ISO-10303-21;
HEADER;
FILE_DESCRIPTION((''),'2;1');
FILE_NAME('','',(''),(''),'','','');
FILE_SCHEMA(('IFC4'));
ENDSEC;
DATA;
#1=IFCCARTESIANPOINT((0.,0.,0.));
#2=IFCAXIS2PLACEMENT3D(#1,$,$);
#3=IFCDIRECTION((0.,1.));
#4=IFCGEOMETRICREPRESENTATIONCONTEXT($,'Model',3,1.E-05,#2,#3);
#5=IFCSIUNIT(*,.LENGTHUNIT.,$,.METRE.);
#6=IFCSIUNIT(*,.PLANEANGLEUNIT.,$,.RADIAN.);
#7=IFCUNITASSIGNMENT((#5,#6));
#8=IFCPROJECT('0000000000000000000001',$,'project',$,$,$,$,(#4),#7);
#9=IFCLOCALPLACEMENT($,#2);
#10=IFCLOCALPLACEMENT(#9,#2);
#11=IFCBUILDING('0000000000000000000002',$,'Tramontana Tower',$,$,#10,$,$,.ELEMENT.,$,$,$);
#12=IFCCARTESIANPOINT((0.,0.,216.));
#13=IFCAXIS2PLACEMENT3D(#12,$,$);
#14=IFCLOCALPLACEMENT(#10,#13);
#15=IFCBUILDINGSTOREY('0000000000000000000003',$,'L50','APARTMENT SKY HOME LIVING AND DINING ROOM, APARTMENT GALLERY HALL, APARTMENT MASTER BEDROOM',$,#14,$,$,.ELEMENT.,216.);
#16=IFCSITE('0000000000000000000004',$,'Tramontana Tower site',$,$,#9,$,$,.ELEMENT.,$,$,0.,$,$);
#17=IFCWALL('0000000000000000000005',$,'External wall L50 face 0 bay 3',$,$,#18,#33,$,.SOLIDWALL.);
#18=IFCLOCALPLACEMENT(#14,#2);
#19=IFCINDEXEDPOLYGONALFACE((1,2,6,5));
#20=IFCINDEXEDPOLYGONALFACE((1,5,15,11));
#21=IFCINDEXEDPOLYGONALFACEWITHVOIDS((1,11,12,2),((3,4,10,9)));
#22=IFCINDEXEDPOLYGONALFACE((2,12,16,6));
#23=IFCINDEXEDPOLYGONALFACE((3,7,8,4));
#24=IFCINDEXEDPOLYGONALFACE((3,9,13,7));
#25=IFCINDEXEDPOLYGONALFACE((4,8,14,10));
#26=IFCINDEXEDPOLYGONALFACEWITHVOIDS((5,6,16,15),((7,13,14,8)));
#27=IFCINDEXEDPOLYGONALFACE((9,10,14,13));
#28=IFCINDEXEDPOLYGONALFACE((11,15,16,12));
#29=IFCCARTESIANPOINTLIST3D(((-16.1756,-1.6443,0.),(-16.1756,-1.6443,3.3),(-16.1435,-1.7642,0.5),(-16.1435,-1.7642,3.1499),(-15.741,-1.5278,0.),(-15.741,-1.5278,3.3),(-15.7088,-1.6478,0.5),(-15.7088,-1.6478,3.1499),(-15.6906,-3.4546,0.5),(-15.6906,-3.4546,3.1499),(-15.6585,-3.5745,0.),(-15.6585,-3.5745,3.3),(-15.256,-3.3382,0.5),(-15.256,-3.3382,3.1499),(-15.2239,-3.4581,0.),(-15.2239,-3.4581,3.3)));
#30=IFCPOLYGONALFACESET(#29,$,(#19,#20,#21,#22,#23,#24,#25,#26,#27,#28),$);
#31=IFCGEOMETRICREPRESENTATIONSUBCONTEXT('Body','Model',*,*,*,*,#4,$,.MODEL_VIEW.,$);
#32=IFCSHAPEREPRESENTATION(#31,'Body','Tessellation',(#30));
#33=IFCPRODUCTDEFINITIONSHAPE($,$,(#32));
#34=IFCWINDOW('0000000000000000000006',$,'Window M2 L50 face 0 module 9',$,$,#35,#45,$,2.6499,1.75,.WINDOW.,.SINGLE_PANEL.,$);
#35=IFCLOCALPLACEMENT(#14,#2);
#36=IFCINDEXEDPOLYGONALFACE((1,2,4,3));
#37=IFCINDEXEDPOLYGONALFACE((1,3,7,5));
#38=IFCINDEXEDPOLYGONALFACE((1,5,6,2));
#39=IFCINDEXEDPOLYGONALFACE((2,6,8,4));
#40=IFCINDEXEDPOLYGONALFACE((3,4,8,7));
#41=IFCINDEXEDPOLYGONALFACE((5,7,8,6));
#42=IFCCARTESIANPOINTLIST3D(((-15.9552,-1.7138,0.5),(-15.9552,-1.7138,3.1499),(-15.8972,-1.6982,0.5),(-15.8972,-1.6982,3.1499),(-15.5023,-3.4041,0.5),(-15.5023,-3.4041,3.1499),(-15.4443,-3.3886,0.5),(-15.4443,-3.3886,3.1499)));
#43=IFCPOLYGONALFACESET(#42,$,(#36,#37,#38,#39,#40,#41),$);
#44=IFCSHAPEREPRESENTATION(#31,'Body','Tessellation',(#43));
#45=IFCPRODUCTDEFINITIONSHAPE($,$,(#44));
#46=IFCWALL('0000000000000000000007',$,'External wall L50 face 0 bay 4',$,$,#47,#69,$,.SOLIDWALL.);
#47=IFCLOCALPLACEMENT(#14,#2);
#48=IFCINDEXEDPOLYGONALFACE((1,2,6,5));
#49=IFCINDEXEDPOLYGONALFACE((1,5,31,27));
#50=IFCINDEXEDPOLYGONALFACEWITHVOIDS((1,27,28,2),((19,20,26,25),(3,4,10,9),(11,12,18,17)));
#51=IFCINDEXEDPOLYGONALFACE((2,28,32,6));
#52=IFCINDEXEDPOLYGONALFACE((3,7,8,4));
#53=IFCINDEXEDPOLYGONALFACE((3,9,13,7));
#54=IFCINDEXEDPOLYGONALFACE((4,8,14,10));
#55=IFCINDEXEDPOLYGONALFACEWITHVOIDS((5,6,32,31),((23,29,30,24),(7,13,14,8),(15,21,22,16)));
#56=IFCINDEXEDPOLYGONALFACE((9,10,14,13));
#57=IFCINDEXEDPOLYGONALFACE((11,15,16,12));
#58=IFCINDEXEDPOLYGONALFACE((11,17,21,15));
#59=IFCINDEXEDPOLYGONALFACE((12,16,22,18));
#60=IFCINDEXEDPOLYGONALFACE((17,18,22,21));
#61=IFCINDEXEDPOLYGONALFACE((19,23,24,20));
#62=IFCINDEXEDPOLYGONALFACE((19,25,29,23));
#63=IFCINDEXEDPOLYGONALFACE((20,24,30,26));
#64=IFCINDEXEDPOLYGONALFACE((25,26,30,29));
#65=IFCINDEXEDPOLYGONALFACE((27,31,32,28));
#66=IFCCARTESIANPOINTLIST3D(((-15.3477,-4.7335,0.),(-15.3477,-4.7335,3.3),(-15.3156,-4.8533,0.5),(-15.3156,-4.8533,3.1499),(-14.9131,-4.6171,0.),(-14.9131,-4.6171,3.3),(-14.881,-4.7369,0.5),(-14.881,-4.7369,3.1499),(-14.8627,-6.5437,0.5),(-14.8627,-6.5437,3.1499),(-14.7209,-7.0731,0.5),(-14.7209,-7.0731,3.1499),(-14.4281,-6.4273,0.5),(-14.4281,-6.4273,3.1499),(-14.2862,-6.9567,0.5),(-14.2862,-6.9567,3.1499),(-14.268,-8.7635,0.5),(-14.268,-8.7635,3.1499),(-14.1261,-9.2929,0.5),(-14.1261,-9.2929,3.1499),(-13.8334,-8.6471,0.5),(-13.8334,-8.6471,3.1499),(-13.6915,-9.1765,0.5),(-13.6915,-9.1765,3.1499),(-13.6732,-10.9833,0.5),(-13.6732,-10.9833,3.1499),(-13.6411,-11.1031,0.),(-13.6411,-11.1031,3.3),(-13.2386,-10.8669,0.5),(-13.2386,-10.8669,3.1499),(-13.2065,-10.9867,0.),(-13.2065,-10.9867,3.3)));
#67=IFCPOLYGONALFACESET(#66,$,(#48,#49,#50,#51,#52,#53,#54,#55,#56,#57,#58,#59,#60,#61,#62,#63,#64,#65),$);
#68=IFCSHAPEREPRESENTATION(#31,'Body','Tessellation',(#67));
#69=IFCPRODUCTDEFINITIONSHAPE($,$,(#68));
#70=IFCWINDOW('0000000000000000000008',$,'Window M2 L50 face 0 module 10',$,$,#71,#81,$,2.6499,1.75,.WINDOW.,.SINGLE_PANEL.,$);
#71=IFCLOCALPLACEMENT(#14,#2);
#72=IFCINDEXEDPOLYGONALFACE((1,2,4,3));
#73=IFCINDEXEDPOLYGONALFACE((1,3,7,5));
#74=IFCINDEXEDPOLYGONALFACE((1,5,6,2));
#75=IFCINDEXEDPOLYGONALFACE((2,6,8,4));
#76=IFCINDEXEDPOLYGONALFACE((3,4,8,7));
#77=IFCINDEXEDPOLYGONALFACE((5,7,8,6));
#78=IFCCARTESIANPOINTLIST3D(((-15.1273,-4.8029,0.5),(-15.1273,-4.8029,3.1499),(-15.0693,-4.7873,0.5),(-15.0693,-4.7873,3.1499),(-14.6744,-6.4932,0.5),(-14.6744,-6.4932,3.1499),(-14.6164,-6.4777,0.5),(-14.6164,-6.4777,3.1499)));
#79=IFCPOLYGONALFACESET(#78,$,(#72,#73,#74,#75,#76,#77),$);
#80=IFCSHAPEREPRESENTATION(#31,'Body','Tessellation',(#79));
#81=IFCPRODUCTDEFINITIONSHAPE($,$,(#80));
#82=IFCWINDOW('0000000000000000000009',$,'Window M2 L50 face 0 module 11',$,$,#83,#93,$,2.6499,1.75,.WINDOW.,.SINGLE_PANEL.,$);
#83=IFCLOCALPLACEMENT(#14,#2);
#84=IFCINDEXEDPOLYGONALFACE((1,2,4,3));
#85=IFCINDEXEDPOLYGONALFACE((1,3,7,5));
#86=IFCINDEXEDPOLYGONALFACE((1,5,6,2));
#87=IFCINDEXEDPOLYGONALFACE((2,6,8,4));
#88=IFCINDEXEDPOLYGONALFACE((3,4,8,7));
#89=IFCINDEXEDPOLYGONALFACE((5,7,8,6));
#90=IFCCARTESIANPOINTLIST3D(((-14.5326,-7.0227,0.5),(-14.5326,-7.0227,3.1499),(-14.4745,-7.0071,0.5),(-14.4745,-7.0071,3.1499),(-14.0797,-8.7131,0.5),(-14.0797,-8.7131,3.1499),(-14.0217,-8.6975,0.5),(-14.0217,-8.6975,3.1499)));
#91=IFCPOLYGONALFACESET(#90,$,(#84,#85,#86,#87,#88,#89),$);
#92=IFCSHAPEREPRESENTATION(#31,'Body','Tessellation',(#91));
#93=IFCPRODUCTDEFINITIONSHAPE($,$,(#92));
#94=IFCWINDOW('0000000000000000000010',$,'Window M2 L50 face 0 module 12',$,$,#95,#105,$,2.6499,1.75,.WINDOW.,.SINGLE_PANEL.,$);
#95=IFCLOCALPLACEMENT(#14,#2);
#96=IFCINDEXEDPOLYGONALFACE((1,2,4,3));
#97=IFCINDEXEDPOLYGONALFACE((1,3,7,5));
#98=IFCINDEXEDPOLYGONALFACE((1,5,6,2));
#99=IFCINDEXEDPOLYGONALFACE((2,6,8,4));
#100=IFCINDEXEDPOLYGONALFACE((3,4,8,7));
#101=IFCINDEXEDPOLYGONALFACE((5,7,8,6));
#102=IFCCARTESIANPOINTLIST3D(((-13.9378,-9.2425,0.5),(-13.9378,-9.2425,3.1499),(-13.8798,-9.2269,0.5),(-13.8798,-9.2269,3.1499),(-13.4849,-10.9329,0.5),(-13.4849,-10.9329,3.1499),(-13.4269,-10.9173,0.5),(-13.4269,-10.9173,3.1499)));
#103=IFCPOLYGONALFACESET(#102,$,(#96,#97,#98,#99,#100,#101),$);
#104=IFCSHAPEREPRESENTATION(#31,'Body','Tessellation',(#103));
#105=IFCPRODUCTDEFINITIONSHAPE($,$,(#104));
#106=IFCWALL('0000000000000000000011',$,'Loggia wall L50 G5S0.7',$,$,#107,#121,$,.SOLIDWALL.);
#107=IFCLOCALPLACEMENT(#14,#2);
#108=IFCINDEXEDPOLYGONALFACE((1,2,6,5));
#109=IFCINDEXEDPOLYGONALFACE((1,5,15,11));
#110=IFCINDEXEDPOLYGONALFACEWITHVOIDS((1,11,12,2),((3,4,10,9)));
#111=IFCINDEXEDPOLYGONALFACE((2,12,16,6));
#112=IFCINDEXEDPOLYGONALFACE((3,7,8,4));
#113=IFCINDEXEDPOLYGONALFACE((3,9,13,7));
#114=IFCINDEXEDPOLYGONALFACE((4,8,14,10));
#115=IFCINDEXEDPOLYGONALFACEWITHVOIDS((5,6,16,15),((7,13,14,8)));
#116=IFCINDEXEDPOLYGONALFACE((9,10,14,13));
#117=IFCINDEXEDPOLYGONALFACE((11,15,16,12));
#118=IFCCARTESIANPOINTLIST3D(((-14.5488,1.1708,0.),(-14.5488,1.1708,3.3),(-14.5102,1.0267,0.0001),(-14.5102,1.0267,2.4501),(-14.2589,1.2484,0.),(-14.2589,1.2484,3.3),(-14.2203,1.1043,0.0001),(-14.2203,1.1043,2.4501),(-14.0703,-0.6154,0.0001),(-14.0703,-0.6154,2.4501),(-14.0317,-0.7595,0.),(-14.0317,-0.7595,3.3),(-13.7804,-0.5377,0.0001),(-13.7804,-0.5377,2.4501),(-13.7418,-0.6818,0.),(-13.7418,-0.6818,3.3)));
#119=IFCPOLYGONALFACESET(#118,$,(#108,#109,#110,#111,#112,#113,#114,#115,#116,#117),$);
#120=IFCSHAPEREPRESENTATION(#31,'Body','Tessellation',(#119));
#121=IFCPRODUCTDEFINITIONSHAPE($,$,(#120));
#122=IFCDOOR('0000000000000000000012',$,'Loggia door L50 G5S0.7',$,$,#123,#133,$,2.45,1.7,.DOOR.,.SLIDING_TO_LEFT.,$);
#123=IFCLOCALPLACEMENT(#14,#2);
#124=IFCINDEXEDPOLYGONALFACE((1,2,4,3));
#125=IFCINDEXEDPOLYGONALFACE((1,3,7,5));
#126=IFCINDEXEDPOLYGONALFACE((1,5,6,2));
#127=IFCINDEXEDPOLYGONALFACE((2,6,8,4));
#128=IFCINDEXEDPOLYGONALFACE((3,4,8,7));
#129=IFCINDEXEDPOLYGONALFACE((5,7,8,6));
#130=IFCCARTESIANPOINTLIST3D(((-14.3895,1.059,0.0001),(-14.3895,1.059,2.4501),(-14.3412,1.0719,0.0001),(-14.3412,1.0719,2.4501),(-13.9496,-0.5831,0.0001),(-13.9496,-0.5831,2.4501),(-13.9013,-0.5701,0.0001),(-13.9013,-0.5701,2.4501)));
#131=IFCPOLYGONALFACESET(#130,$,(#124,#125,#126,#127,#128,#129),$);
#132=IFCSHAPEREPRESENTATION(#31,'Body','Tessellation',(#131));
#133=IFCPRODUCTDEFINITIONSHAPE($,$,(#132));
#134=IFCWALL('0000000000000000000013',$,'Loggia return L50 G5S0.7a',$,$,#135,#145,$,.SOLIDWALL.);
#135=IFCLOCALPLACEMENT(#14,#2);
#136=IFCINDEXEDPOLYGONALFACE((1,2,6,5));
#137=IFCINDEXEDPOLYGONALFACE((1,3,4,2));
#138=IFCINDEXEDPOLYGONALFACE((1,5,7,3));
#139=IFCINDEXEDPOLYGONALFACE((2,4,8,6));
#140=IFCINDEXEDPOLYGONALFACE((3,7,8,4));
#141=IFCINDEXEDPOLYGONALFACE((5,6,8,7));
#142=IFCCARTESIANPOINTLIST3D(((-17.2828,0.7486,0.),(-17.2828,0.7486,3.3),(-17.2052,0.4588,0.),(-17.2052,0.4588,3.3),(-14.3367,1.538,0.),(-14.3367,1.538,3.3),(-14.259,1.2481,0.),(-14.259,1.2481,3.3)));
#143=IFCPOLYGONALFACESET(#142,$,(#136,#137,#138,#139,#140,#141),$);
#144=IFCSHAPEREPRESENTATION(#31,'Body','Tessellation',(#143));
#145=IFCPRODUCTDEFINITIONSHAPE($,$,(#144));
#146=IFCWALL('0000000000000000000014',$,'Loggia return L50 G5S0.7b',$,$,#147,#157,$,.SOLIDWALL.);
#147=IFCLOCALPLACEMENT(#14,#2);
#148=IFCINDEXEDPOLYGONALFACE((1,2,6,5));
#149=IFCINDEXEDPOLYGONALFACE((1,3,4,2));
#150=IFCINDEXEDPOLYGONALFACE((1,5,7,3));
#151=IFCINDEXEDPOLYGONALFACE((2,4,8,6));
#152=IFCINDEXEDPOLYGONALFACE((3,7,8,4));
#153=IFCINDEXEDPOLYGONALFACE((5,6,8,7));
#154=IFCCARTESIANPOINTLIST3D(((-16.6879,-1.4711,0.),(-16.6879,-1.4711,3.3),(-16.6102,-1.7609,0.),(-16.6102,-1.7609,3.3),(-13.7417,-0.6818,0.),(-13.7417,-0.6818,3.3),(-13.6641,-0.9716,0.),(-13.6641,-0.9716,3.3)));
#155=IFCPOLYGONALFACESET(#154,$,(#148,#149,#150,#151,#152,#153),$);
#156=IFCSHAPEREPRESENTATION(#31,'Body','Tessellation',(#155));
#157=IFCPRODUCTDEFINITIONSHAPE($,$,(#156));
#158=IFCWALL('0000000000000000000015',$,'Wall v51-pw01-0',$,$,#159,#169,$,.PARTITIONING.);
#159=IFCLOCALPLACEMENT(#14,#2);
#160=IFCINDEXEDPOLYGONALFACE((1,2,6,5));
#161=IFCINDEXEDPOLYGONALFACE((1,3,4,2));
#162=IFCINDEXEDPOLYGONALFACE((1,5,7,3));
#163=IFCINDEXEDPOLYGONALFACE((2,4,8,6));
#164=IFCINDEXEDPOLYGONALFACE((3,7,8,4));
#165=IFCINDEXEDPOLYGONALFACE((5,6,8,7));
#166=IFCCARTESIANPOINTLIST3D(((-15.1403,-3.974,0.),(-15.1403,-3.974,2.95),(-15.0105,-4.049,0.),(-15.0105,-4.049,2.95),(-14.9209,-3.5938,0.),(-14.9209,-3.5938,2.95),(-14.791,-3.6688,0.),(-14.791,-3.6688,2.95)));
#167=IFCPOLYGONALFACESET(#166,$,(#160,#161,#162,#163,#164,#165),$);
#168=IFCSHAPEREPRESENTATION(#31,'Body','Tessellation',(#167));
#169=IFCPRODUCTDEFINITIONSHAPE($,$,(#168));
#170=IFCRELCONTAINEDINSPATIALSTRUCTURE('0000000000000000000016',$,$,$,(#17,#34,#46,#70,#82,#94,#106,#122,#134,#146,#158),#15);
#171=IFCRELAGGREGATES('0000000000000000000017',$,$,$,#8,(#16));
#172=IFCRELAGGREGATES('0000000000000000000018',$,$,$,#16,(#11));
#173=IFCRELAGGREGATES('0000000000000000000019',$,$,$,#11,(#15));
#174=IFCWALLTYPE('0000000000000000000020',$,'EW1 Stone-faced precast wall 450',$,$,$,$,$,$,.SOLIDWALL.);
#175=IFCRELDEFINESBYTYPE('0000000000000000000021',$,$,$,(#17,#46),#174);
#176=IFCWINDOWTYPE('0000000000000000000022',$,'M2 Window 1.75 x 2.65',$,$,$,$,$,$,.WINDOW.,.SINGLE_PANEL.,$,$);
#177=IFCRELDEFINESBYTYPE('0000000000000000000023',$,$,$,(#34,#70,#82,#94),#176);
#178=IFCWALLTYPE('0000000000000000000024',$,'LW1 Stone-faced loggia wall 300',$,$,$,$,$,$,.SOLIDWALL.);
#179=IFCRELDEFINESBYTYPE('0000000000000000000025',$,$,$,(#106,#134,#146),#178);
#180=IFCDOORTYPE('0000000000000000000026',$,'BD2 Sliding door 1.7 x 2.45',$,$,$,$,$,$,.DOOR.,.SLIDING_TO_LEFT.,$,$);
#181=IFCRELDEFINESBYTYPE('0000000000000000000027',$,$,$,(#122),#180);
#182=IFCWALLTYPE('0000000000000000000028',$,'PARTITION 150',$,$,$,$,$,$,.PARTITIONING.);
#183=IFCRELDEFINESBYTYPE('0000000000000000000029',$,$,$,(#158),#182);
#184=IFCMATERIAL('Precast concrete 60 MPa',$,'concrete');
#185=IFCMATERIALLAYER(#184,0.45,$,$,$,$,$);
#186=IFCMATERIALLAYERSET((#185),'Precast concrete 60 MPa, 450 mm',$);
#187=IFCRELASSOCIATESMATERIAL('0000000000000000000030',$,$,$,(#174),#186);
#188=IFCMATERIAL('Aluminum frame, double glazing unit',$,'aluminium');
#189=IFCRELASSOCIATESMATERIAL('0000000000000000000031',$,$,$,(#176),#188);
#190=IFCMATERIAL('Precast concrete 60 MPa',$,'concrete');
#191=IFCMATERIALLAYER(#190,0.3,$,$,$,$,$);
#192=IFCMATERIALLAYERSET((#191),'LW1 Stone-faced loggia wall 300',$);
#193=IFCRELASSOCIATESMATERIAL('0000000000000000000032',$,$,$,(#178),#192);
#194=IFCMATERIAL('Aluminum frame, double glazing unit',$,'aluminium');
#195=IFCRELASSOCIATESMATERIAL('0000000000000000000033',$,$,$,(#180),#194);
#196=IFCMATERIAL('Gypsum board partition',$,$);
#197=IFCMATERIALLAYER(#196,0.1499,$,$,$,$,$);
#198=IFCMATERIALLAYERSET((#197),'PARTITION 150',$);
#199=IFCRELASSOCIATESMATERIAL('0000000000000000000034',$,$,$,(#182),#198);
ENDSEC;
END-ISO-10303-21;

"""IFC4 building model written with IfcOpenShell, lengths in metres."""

from ifc_helpers import new_model, si_unit, direction, frame, frame_2d, origin, place, context, subcontext, project, spatial, rectangle, extrude, material, layer, layer_set, type_object, element, fill, save


model = new_model("IFC4")

# Units and contexts
model_context = context("Model", 3, precision=1e-05, world=origin(), true_north=direction((0.0, 1.0)))
body_context = subcontext(model_context, "Body", "Model", "MODEL_VIEW")
ifc_project = project(units=[si_unit("LENGTHUNIT", "METRE"), si_unit("PLANEANGLEUNIT", "RADIAN")], contexts=[model_context])

# Site, building, storey
site_placement = place(None, origin())
site = spatial("IfcSite", under=ifc_project, at=site_placement, Name="Tramontana Tower site", CompositionType="ELEMENT", RefElevation=0.0)
building_placement = place(site_placement, origin())
building = spatial("IfcBuilding", under=site, at=building_placement, Name="Tramontana Tower", CompositionType="ELEMENT")
storey_placement = place(building_placement, frame((0.0, 0.0, 216.0)))
storey = spatial("IfcBuildingStorey", under=building, at=storey_placement, Name="L50", Description="APARTMENT SKY HOME LIVING AND DINING ROOM, APARTMENT GALLERY HALL, APARTMENT MASTER BEDROOM", CompositionType="ELEMENT", Elevation=216.0)

# Wall, opening, window
ifc_material_1 = material(Name="Precast concrete 60 MPa", Category="concrete")
ifc_layer_1 = layer(ifc_material_1, 0.45)
ifc_layer_set_1 = layer_set([ifc_layer_1], Name="Precast concrete 60 MPa, 450 mm")
wall_type_1 = type_object("IfcWallType", Name="EW1 Stone-faced precast wall 450", PredefinedType="SOLIDWALL", material=ifc_layer_set_1)
wall_1_placement = place(storey_placement, frame((-15.9583, -1.5862, 0.0), z_axis=(0.0, 0.0, 1.0), x_axis=(0.258773, -0.965938, 0.0)))
wall_1 = element("IfcWall", 1, at=wall_1_placement, inside=storey, type_object=wall_type_1, Name="External wall L50 face 0 bay 3", PredefinedType="SOLIDWALL", context=body_context, shape_type="SweptSolid", body=[
    extrude(rectangle(XDim=1.9983, YDim=0.45, at=frame_2d((0.999, 0.0))), origin(), (0.0, 0.0, 1.0), 3.3),
])
opening_1_placement = place(wall_1_placement, frame((0.124, 0.0, 0.5)))
opening_1 = element("IfcOpeningElement", 2, at=opening_1_placement, cuts=wall_1, PredefinedType="OPENING", context=body_context, shape_type="SweptSolid", body=[
    extrude(rectangle(XDim=1.75, YDim=2.6499, at=frame_2d((0.875, 1.325))), frame((0.0, 0.2349, 0.0), z_axis=(0.0, -1.0, 0.0), x_axis=(1.0, 0.0, 0.0)), (0.0, 0.0, 1.0), 0.47),
])
ifc_material_2 = material(Name="Aluminum frame, double glazing unit", Category="aluminium")
window_type = type_object("IfcWindowType", Name="M2 Window 1.75 x 2.65", PartitioningType="SINGLE_PANEL", PredefinedType="WINDOW", material=ifc_material_2)
window_1_placement = place(opening_1_placement, origin())
window_1 = element("IfcWindow", 3, at=window_1_placement, inside=storey, type_object=window_type, Name="Window M2 L50 face 0 module 9", OverallHeight=2.6499, OverallWidth=1.75, PartitioningType="SINGLE_PANEL", PredefinedType="WINDOW", context=body_context, shape_type="SweptSolid", body=[
    extrude(rectangle(XDim=1.75, YDim=2.6499, at=frame_2d((0.875, 1.325))), frame((0.0, 0.03, 0.0), z_axis=(0.0, -1.0, 0.0), x_axis=(1.0, 0.0, 0.0)), (0.0, 0.0, 1.0), 0.0601),
])
fill(opening_1, window_1)

# Wall, openings, windows
wall_2_placement = place(storey_placement, frame((-15.1304, -4.6753, 0.0), z_axis=(0.0, 0.0, 1.0), x_axis=(0.258792, -0.965933, 0.0)))
wall_2 = element("IfcWall", 4, at=wall_2_placement, inside=storey, type_object=wall_type_1, Name="External wall L50 face 0 bay 4", PredefinedType="SOLIDWALL", context=body_context, shape_type="SweptSolid", body=[
    extrude(rectangle(XDim=6.5942, YDim=0.45, at=frame_2d((3.2971, 0.0))), origin(), (0.0, 0.0, 1.0), 3.3),
])
opening_2_placement = place(wall_2_placement, frame((0.124, 0.0, 0.5)))
opening_2 = element("IfcOpeningElement", 5, at=opening_2_placement, cuts=wall_2, PredefinedType="OPENING", context=body_context, shape_type="SweptSolid", body=[
    extrude(rectangle(XDim=1.75, YDim=2.6499, at=frame_2d((0.875, 1.325))), frame((0.0, 0.2349, 0.0), z_axis=(0.0, -1.0, 0.0), x_axis=(1.0, 0.0, 0.0)), (0.0, 0.0, 1.0), 0.47),
])
opening_3_placement = place(wall_2_placement, frame((2.4221, 0.0, 0.5)))
opening_3 = element("IfcOpeningElement", 6, at=opening_3_placement, cuts=wall_2, PredefinedType="OPENING", context=body_context, shape_type="SweptSolid", body=[
    extrude(rectangle(XDim=1.75, YDim=2.6499, at=frame_2d((0.875, 1.325))), frame((0.0, 0.2349, 0.0), z_axis=(0.0, -1.0, 0.0), x_axis=(1.0, 0.0, 0.0)), (0.0, 0.0, 1.0), 0.47),
])
opening_4_placement = place(wall_2_placement, frame((4.7202, 0.0, 0.5)))
opening_4 = element("IfcOpeningElement", 7, at=opening_4_placement, cuts=wall_2, PredefinedType="OPENING", context=body_context, shape_type="SweptSolid", body=[
    extrude(rectangle(XDim=1.75, YDim=2.6499, at=frame_2d((0.875, 1.325))), frame((0.0, 0.2349, 0.0), z_axis=(0.0, -1.0, 0.0), x_axis=(1.0, 0.0, 0.0)), (0.0, 0.0, 1.0), 0.47),
])
window_2_placement = place(opening_2_placement, origin())
window_2 = element("IfcWindow", 8, at=window_2_placement, inside=storey, type_object=window_type, Name="Window M2 L50 face 0 module 10", OverallHeight=2.6499, OverallWidth=1.75, PartitioningType="SINGLE_PANEL", PredefinedType="WINDOW", context=body_context, shape_type="SweptSolid", body=[
    extrude(rectangle(XDim=1.75, YDim=2.6499, at=frame_2d((0.875, 1.325))), frame((0.0, 0.03, 0.0), z_axis=(0.0, -1.0, 0.0), x_axis=(1.0, 0.0, 0.0)), (0.0, 0.0, 1.0), 0.0601),
])
fill(opening_2, window_2)
window_3_placement = place(opening_3_placement, origin())
window_3 = element("IfcWindow", 9, at=window_3_placement, inside=storey, type_object=window_type, Name="Window M2 L50 face 0 module 11", OverallHeight=2.6499, OverallWidth=1.75, PartitioningType="SINGLE_PANEL", PredefinedType="WINDOW", context=body_context, shape_type="SweptSolid", body=[
    extrude(rectangle(XDim=1.75, YDim=2.6499, at=frame_2d((0.875, 1.325))), frame((0.0, 0.03, 0.0), z_axis=(0.0, -1.0, 0.0), x_axis=(1.0, 0.0, 0.0)), (0.0, 0.0, 1.0), 0.0601),
])
fill(opening_3, window_3)
window_4_placement = place(opening_4_placement, origin())
window_4 = element("IfcWindow", 10, at=window_4_placement, inside=storey, type_object=window_type, Name="Window M2 L50 face 0 module 12", OverallHeight=2.6499, OverallWidth=1.75, PartitioningType="SINGLE_PANEL", PredefinedType="WINDOW", context=body_context, shape_type="SweptSolid", body=[
    extrude(rectangle(XDim=1.75, YDim=2.6499, at=frame_2d((0.875, 1.325))), frame((0.0, 0.03, 0.0), z_axis=(0.0, -1.0, 0.0), x_axis=(1.0, 0.0, 0.0)), (0.0, 0.0, 1.0), 0.0601),
])
fill(opening_4, window_4)

# Wall, opening, door
ifc_material_3 = material(Name="Precast concrete 60 MPa", Category="concrete")
ifc_layer_2 = layer(ifc_material_3, 0.3)
ifc_layer_set_2 = layer_set([ifc_layer_2], Name="LW1 Stone-faced loggia wall 300")
wall_type_2 = type_object("IfcWallType", Name="LW1 Stone-faced loggia wall 300", PredefinedType="SOLIDWALL", material=ifc_layer_set_2)
wall_3_placement = place(storey_placement, frame((-14.4038, 1.2095, 0.0), z_axis=(0.0, 0.0, 1.0), x_axis=(0.258773, -0.965938, 0.0)))
wall_3 = element("IfcWall", 11, at=wall_3_placement, inside=storey, type_object=wall_type_2, Name="Loggia wall L50 G5S0.7", PredefinedType="SOLIDWALL", context=body_context, shape_type="SweptSolid", body=[
    extrude(rectangle(XDim=1.9983, YDim=0.3, at=frame_2d((0.999, 0.0))), origin(), (0.0, 0.0, 1.0), 3.3),
])
opening_5_placement = place(wall_3_placement, frame((0.1489, 0.0, 0.0)))
opening_5 = element("IfcOpeningElement", 12, at=opening_5_placement, cuts=wall_3, PredefinedType="OPENING", context=body_context, shape_type="SweptSolid", body=[
    extrude(rectangle(XDim=1.7, YDim=2.45, at=frame_2d((0.8501, 1.2251))), frame((0.0, 0.1599, 0.0), z_axis=(0.0, -1.0, 0.0), x_axis=(1.0, 0.0, 0.0)), (0.0, 0.0, 1.0), 0.3201),
])
ifc_material_4 = material(Name="Aluminum frame, double glazing unit", Category="aluminium")
door_type_1 = type_object("IfcDoorType", Name="BD2 Sliding door 1.7 x 2.45", OperationType="SLIDING_TO_LEFT", PredefinedType="DOOR", material=ifc_material_4)
door_1_placement = place(opening_5_placement, origin())
door_1 = element("IfcDoor", 13, at=door_1_placement, inside=storey, type_object=door_type_1, Name="Loggia door L50 G5S0.7", OperationType="SLIDING_TO_LEFT", OverallHeight=2.45, OverallWidth=1.7, PredefinedType="DOOR", context=body_context, shape_type="SweptSolid", body=[
    extrude(rectangle(XDim=1.7, YDim=2.45, at=frame_2d((0.8501, 1.2251))), frame((0.0, 0.0249, 0.0), z_axis=(0.0, -1.0, 0.0), x_axis=(1.0, 0.0, 0.0)), (0.0, 0.0, 1.0), 0.05),
])
fill(opening_5, door_1)

# Walls
for number, where, z_axis, x_axis, name in (
    (14, (-17.2439, 0.6038, 0.0), (0.0, 0.0, 1.0), (0.965933, 0.258793, 0.0), "Loggia return L50 G5S0.7a"),
    (15, (-16.6489, -1.616, 0.0), (0.0, 0.0, 1.0), (0.965933, 0.258793, 0.0), "Loggia return L50 G5S0.7b"),
):
    element("IfcWall", number, at=place(storey_placement, frame(where, z_axis=z_axis, x_axis=x_axis)), inside=storey, type_object=wall_type_2, Name=name, PredefinedType="SOLIDWALL", context=body_context, shape_type="SweptSolid", body=[
        extrude(rectangle(XDim=3.05, YDim=0.3, at=frame_2d((1.5249, 0.0))), origin(), (0.0, 0.0, 1.0), 3.3),
    ])
ifc_material_5 = material(Name="Gypsum board partition")
ifc_layer_3 = layer(ifc_material_5, 0.1499)
ifc_layer_set_3 = layer_set([ifc_layer_3], Name="PARTITION 150")
wall_type_3 = type_object("IfcWallType", Name="PARTITION 150", PredefinedType="PARTITIONING", material=ifc_layer_set_3)
wall_4_placement = place(storey_placement, frame((-15.0754, -4.0115, 0.0), z_axis=(0.0, 0.0, 1.0), x_axis=(0.500027, 0.86601, 0.0)))
element("IfcWall", 16, at=wall_4_placement, inside=storey, type_object=wall_type_3, Name="Wall v51-pw01-0", PredefinedType="PARTITIONING", context=body_context, shape_type="SweptSolid", body=[
    extrude(rectangle(XDim=0.439, YDim=0.1499, at=frame_2d((0.2195, 0.0))), origin(), (0.0, 0.0, 1.0), 2.95),
])

save(model, "model.ifc")
